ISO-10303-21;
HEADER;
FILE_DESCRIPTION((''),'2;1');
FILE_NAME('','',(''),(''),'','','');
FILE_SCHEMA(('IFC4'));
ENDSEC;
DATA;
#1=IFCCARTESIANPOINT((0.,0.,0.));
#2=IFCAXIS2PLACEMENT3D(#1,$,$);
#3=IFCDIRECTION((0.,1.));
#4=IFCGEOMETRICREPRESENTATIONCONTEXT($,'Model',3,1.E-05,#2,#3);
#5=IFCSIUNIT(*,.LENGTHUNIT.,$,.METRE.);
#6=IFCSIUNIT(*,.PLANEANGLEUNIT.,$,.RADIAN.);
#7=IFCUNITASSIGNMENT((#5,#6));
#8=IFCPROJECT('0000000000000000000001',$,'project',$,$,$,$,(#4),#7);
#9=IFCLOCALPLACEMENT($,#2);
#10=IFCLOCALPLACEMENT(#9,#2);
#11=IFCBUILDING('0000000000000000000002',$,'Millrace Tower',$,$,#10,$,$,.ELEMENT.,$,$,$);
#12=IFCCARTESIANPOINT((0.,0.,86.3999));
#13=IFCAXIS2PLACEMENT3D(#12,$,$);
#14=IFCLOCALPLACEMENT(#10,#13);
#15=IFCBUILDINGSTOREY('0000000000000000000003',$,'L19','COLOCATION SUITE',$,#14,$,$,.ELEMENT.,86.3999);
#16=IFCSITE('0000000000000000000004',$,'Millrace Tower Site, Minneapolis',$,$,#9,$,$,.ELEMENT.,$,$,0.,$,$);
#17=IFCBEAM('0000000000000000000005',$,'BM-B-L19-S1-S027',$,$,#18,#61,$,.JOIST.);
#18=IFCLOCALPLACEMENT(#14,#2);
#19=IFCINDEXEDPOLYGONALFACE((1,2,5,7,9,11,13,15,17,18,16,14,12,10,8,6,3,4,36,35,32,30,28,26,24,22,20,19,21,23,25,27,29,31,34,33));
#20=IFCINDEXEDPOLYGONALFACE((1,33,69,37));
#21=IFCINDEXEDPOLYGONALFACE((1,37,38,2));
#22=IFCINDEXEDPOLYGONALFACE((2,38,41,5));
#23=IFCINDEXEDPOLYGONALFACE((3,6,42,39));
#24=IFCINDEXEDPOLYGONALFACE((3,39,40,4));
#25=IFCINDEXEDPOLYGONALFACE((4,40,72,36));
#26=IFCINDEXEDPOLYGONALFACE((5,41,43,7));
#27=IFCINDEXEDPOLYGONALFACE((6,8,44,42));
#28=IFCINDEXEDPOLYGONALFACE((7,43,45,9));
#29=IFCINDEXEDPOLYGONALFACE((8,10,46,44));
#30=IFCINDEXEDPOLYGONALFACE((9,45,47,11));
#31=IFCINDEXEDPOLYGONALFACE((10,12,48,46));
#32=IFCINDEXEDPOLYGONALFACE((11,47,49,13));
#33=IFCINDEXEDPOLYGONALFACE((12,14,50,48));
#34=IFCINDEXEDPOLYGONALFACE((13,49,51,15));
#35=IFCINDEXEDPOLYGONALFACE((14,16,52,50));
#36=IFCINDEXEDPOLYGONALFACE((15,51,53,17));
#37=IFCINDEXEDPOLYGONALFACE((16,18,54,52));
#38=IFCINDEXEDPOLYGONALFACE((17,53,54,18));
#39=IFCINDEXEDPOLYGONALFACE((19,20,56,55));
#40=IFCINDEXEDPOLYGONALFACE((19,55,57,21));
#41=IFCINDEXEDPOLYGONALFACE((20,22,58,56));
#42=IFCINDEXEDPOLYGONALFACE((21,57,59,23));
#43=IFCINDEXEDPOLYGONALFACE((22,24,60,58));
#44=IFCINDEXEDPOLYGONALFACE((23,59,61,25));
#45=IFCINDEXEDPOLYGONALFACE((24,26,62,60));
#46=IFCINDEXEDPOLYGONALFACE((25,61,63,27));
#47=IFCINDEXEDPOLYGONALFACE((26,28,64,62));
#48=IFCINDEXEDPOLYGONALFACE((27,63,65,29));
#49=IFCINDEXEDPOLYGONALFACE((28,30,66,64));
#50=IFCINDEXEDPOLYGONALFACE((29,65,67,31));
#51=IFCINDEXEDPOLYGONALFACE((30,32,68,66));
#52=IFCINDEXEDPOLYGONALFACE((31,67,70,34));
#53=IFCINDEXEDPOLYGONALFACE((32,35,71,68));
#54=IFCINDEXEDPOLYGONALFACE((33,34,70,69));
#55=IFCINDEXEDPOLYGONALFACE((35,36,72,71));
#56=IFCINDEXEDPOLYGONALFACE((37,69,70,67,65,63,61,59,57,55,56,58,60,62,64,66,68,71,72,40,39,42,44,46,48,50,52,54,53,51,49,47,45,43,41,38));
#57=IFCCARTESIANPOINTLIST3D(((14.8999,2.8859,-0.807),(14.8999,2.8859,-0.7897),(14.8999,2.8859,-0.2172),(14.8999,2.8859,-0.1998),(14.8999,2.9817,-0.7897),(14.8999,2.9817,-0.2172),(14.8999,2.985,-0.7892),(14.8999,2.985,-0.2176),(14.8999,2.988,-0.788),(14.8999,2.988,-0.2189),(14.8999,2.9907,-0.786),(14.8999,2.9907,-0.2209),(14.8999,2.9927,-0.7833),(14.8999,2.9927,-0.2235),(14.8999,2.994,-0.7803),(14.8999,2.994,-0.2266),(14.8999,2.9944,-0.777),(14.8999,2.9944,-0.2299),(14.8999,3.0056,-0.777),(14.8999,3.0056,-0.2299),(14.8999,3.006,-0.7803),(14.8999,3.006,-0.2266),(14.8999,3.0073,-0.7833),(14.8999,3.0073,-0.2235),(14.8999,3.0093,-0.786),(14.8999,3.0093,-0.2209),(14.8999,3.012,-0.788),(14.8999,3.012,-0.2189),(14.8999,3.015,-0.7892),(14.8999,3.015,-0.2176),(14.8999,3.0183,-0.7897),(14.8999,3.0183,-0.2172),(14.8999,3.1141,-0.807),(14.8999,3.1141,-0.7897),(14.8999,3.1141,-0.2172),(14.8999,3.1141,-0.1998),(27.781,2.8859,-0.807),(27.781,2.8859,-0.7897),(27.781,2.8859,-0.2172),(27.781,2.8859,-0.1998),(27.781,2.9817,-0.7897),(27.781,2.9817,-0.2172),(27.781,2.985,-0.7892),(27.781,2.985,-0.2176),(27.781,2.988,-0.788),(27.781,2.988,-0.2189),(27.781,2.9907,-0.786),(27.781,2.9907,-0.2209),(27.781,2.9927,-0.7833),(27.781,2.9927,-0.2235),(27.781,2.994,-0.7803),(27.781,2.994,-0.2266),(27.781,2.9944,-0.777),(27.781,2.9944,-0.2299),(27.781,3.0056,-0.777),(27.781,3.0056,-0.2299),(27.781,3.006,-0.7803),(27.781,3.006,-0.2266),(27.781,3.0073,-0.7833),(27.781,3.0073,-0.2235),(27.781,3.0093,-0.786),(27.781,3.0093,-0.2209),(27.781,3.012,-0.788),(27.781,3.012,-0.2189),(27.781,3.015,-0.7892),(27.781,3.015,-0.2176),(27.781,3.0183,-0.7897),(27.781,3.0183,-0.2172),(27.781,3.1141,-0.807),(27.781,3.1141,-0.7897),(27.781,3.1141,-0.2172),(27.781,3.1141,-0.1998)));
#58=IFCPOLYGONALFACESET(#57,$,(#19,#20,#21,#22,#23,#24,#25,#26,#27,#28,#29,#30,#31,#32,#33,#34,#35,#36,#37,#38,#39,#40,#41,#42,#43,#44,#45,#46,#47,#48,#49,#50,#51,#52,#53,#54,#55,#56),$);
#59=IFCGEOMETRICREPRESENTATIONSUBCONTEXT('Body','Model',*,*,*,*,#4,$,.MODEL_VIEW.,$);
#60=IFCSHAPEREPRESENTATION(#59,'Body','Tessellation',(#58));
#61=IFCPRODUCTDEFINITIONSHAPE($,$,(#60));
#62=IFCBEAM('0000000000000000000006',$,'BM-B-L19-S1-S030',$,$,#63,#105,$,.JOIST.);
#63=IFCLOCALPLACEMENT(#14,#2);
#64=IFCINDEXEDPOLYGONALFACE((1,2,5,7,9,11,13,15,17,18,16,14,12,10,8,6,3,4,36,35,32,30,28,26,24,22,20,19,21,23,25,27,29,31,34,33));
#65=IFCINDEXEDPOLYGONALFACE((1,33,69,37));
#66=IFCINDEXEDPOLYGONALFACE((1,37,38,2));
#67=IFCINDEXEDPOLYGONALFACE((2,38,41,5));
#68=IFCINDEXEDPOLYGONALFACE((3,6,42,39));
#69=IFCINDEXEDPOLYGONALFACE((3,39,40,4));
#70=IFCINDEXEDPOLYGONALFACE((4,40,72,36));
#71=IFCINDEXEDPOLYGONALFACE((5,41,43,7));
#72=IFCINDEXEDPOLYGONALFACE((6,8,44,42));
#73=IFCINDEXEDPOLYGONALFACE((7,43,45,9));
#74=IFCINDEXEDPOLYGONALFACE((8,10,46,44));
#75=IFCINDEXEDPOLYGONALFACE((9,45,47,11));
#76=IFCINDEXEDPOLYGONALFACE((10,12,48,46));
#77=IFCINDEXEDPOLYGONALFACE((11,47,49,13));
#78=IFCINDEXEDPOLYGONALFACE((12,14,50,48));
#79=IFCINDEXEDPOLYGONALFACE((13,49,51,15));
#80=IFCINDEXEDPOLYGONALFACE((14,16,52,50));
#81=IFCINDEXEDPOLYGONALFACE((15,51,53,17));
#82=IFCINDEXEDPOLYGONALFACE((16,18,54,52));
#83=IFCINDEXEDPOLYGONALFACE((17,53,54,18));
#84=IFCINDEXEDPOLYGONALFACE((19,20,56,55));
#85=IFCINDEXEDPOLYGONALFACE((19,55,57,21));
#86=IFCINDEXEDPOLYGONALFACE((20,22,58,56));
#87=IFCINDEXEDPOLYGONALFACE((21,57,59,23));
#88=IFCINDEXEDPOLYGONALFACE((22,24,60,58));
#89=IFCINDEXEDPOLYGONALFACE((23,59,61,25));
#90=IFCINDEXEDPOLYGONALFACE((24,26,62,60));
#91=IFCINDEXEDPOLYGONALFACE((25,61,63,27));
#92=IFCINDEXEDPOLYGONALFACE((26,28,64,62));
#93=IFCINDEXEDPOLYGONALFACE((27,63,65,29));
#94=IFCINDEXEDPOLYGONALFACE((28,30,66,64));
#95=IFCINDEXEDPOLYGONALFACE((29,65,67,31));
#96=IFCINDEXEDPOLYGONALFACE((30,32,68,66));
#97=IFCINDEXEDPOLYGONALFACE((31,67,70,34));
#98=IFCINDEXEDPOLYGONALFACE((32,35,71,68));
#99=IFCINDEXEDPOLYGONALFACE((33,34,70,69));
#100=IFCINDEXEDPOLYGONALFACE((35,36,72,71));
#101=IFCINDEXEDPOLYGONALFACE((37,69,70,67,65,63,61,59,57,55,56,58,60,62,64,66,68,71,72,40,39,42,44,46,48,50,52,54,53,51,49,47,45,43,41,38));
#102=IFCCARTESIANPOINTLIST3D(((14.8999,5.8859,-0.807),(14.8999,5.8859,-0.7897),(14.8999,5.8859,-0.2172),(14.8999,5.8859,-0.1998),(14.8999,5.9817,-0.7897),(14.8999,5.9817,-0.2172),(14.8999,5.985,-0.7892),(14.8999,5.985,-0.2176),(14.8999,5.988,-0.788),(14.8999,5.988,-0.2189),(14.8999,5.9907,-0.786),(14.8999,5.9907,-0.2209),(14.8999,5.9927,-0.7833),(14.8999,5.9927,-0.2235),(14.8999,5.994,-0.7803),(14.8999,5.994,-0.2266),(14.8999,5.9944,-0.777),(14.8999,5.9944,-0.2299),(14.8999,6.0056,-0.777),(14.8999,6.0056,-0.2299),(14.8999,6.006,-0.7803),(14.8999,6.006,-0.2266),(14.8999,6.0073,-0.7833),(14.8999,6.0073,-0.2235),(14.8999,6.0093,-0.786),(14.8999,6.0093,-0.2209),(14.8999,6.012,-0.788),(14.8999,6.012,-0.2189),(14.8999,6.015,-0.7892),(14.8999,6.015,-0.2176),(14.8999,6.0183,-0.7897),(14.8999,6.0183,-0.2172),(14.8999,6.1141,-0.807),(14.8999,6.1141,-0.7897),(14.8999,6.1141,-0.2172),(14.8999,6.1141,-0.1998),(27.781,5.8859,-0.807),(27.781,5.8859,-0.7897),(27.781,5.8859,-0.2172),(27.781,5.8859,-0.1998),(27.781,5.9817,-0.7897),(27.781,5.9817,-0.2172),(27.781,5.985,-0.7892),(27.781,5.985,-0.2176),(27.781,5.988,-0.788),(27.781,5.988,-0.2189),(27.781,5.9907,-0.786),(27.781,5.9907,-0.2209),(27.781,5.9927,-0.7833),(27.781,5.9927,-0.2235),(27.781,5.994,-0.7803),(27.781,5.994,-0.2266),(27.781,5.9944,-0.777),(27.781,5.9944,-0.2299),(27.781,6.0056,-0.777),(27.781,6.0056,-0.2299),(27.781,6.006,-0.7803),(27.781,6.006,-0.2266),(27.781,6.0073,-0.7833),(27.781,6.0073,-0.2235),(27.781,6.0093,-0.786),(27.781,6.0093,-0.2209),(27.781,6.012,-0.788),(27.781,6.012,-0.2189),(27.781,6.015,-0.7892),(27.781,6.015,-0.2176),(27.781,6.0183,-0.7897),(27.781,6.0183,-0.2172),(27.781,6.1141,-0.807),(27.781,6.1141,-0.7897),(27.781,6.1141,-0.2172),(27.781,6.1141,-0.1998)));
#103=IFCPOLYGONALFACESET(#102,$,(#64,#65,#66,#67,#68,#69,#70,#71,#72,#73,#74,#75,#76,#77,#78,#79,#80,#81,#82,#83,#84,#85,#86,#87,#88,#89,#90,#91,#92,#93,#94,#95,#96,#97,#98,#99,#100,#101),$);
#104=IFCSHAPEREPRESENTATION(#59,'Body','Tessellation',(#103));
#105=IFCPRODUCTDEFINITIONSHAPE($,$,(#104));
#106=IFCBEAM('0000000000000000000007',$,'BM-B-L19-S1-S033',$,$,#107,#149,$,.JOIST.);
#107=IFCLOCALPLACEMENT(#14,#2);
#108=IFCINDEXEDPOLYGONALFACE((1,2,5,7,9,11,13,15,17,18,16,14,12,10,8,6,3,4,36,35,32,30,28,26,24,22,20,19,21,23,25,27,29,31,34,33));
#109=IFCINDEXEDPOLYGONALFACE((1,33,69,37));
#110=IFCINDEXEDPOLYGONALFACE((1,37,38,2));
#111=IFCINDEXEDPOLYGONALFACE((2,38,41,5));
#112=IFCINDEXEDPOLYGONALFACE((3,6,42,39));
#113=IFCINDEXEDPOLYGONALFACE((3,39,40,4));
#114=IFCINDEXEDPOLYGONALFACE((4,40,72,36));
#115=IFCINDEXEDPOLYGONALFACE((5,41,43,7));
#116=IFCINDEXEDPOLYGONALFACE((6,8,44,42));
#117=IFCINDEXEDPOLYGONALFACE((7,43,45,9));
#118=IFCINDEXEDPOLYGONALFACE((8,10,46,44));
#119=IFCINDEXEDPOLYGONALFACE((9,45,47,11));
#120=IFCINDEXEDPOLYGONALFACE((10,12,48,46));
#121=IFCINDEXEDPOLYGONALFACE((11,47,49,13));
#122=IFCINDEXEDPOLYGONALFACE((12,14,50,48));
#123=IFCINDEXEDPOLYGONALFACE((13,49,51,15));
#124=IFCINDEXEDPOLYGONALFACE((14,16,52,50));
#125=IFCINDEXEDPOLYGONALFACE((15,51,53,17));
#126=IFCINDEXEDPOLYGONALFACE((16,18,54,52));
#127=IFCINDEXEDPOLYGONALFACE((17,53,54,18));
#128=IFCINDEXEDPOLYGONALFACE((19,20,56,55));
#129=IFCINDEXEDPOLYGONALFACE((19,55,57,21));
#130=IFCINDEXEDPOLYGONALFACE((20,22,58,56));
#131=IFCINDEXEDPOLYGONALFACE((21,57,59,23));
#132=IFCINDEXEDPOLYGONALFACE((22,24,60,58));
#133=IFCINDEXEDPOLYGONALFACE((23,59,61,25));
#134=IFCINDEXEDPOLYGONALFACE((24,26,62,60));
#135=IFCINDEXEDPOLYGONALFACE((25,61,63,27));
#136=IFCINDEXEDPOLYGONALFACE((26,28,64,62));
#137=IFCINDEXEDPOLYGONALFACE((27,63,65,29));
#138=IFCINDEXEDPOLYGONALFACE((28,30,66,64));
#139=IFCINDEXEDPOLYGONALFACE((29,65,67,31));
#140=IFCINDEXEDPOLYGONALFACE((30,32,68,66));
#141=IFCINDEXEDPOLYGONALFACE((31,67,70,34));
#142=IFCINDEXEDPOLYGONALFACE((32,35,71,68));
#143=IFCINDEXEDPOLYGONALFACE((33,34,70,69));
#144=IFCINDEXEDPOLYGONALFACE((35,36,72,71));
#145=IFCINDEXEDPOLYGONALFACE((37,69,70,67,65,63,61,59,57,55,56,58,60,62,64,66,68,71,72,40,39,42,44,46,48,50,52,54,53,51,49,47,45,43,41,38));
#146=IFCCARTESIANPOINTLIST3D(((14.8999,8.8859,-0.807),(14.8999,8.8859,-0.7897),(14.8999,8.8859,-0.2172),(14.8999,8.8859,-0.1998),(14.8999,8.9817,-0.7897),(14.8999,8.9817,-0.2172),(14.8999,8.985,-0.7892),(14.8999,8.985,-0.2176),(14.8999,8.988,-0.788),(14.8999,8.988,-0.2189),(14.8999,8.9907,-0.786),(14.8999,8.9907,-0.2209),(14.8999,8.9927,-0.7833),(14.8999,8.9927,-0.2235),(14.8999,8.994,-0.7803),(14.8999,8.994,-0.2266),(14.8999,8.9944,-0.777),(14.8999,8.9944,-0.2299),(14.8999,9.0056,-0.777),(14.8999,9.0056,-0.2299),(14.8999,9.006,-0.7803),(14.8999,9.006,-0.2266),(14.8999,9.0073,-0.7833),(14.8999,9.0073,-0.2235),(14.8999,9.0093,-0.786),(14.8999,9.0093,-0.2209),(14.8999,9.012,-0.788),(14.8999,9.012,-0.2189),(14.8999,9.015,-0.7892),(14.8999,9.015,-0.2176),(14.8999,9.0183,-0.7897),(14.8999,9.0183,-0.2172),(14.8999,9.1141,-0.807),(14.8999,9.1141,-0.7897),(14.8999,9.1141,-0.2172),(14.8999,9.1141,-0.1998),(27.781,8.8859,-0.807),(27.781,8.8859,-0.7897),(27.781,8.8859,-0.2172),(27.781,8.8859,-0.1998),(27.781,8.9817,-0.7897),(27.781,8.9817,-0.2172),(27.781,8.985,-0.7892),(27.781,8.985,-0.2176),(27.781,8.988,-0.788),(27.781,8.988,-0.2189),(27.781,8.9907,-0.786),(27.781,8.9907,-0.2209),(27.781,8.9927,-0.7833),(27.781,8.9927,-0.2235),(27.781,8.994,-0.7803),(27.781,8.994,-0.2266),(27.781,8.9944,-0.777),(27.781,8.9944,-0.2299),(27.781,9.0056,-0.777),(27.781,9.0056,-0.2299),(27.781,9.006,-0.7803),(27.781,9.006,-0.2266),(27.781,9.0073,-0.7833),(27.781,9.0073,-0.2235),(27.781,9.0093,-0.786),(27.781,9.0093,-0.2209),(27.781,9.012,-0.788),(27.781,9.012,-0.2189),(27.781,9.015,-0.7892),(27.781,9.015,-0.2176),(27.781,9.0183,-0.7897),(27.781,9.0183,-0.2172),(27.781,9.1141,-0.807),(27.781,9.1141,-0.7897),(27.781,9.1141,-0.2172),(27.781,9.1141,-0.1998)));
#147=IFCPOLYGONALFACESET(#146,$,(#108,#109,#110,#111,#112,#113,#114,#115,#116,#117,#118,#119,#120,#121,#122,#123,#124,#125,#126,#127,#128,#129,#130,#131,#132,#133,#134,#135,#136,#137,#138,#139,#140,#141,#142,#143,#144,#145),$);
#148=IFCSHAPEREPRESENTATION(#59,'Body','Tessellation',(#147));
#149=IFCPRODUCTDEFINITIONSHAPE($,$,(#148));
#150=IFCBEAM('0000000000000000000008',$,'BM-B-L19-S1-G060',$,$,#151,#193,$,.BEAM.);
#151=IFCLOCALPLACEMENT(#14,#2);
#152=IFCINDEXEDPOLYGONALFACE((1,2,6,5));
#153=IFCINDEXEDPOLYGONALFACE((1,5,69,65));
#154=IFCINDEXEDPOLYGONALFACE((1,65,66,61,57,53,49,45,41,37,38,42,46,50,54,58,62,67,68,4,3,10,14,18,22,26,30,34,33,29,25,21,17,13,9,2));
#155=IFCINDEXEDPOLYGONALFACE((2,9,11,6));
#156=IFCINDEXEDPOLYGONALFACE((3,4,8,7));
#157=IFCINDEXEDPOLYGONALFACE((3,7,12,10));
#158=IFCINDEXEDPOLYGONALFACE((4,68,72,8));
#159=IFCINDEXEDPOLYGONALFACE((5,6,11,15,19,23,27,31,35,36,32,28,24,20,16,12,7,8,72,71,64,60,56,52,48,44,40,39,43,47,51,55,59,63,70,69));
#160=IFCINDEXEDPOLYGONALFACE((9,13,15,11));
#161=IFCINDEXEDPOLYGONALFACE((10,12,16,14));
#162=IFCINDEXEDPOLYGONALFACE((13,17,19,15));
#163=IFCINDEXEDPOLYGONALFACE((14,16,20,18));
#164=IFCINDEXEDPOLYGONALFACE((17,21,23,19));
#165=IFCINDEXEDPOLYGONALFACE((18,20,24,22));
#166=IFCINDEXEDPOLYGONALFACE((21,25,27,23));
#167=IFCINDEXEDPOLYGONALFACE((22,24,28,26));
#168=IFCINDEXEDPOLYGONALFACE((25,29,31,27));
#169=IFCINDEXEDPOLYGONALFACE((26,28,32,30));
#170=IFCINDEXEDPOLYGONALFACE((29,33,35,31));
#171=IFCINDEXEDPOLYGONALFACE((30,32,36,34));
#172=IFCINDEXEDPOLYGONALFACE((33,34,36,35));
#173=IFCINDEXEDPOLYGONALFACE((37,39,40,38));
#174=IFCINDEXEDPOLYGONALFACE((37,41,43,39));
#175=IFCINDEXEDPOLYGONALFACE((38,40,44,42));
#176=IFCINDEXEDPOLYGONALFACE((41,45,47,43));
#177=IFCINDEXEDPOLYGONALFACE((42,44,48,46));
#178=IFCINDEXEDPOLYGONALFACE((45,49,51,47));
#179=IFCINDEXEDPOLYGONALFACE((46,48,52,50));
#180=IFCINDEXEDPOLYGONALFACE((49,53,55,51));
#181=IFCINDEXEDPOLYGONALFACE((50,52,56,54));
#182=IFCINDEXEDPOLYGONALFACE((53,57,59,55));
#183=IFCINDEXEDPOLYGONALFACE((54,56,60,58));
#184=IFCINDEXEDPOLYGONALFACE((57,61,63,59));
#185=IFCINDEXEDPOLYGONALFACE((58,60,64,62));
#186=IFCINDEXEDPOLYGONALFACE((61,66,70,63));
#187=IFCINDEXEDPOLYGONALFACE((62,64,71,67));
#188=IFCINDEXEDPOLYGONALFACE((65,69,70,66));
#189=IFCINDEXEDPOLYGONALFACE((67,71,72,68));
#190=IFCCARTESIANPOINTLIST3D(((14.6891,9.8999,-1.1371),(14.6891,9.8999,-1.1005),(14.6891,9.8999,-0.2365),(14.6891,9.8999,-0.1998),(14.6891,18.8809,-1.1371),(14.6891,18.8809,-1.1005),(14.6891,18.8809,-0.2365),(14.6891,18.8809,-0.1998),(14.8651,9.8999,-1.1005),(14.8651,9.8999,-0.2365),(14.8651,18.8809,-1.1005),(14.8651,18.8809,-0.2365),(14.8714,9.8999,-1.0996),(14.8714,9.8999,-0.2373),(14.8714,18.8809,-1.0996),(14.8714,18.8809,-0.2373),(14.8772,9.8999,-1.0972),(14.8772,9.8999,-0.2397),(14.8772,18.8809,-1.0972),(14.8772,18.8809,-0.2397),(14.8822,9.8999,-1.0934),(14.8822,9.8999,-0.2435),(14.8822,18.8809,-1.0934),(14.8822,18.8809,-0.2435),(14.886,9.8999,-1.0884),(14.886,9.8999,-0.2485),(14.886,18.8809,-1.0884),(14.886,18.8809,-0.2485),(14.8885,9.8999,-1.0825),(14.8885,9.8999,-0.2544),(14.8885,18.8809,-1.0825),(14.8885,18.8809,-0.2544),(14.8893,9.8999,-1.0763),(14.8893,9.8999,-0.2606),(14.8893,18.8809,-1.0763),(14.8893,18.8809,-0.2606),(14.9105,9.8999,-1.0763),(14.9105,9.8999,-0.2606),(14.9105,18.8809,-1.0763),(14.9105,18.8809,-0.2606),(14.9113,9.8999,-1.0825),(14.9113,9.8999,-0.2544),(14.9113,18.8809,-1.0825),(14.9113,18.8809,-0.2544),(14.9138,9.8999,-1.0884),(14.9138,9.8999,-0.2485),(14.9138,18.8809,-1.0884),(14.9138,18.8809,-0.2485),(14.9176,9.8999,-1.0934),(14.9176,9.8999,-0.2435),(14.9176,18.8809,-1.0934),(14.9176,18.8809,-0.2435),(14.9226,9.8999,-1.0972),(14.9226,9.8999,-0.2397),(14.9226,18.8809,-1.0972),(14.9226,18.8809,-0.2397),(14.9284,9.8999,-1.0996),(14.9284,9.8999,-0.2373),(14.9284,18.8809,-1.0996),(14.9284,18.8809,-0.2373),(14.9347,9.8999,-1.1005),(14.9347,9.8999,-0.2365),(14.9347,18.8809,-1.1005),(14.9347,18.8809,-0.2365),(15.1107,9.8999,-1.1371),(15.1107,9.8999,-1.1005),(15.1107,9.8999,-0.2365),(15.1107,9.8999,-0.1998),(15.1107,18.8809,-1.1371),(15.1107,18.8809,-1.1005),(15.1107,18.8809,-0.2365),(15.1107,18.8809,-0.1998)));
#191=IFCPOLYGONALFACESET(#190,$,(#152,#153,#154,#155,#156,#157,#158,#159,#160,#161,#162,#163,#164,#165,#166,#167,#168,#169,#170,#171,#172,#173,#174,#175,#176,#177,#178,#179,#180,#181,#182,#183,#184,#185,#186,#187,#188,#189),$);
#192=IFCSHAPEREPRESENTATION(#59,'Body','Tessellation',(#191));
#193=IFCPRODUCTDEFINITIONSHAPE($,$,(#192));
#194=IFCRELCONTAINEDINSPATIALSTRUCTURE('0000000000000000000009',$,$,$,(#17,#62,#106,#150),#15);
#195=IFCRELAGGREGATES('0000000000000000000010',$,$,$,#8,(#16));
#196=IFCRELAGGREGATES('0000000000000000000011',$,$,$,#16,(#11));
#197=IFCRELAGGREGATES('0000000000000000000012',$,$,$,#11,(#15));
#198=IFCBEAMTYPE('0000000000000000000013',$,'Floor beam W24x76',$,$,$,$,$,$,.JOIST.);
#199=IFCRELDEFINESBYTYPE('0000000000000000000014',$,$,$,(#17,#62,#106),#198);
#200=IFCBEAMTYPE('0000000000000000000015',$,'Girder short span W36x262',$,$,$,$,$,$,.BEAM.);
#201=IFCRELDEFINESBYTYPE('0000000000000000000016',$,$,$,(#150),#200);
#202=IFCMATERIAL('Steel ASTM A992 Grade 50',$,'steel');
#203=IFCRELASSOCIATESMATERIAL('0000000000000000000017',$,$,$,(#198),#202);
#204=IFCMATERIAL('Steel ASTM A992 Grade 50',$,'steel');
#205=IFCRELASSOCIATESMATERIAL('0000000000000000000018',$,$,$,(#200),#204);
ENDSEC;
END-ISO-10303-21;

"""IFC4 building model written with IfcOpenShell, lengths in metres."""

from ifc_helpers import new_model, si_unit, direction, frame, origin, origin_2d, place, context, subcontext, project, spatial, i_section, extrude, material, material_profile, profile_set, type_object, element, save


model = new_model("IFC4")

# Units and contexts
model_context = context("Model", 3, precision=1e-05, world=origin(), true_north=direction((0.0, 1.0)))
body_context = subcontext(model_context, "Body", "Model", "MODEL_VIEW")
ifc_project = project(units=[si_unit("LENGTHUNIT", "METRE"), si_unit("PLANEANGLEUNIT", "RADIAN")], contexts=[model_context])

# Site, building, storey
site_placement = place(None, origin())
site = spatial("IfcSite", under=ifc_project, at=site_placement, Name="Millrace Tower Site, Minneapolis", CompositionType="ELEMENT", RefElevation=0.0)
building_placement = place(site_placement, origin())
building = spatial("IfcBuilding", under=site, at=building_placement, Name="Millrace Tower", CompositionType="ELEMENT")
storey_placement = place(building_placement, frame((0.0, 0.0, 86.3999)))
storey = spatial("IfcBuildingStorey", under=building, at=storey_placement, Name="L19", Description="COLOCATION SUITE", CompositionType="ELEMENT", Elevation=86.3999)

# Beams
ifc_material_1 = material(Name="Steel ASTM A992 Grade 50", Category="steel")
ifc_material_profile_1 = material_profile(ifc_material_1, i_section(OverallWidth=0.2283, OverallDepth=0.6072, WebThickness=0.0112, FlangeThickness=0.0173, FilletRadius=0.0127, at=origin_2d()))
ifc_profile_set_1 = profile_set([ifc_material_profile_1], Name="Steel ASTM A992 Grade 50")
beam_type_1 = type_object("IfcBeamType", Name="Floor beam W24x76", PredefinedType="JOIST", material=ifc_profile_set_1)
for number, where, z_axis, x_axis, name in (
    (1, (14.8999, 3.0, -0.5034), (1.0, 0.0, 0.0), (0.0, 1.0, 0.0), "BM-B-L19-S1-S027"),
    (2, (14.8999, 6.0, -0.5034), (1.0, 0.0, 0.0), (0.0, 1.0, 0.0), "BM-B-L19-S1-S030"),
    (3, (14.8999, 9.0, -0.5034), (1.0, 0.0, 0.0), (0.0, 1.0, 0.0), "BM-B-L19-S1-S033"),
):
    element("IfcBeam", number, at=place(storey_placement, frame(where, z_axis=z_axis, x_axis=x_axis)), inside=storey, type_object=beam_type_1, Name=name, PredefinedType="JOIST", context=body_context, shape_type="SweptSolid", body=[
        extrude(i_section(OverallWidth=0.2283, OverallDepth=0.6072, WebThickness=0.0112, FlangeThickness=0.0173, FilletRadius=0.0127, at=origin_2d()), origin(), (0.0, 0.0, 1.0), 12.8811),
    ])
ifc_material_2 = material(Name="Steel ASTM A992 Grade 50", Category="steel")
ifc_material_profile_2 = material_profile(ifc_material_2, i_section(OverallWidth=0.4216, OverallDepth=0.9373, WebThickness=0.0212, FlangeThickness=0.0366, FilletRadius=0.0242, at=origin_2d()))
ifc_profile_set_2 = profile_set([ifc_material_profile_2], Name="Steel ASTM A992 Grade 50")
beam_type_2 = type_object("IfcBeamType", Name="Girder short span W36x262", PredefinedType="BEAM", material=ifc_profile_set_2)
beam_1_placement = place(storey_placement, frame((14.8999, 9.8999, -0.6685), z_axis=(0.0, 1.0, 0.0), x_axis=(-1.0, 0.0, 0.0)))
element("IfcBeam", 4, at=beam_1_placement, inside=storey, type_object=beam_type_2, Name="BM-B-L19-S1-G060", PredefinedType="BEAM", context=body_context, shape_type="SweptSolid", body=[
    extrude(i_section(OverallWidth=0.4216, OverallDepth=0.9373, WebThickness=0.0212, FlangeThickness=0.0366, FilletRadius=0.0242, at=origin_2d()), origin(), (0.0, 0.0, 1.0), 8.981),
])

save(model, "model.ifc")
